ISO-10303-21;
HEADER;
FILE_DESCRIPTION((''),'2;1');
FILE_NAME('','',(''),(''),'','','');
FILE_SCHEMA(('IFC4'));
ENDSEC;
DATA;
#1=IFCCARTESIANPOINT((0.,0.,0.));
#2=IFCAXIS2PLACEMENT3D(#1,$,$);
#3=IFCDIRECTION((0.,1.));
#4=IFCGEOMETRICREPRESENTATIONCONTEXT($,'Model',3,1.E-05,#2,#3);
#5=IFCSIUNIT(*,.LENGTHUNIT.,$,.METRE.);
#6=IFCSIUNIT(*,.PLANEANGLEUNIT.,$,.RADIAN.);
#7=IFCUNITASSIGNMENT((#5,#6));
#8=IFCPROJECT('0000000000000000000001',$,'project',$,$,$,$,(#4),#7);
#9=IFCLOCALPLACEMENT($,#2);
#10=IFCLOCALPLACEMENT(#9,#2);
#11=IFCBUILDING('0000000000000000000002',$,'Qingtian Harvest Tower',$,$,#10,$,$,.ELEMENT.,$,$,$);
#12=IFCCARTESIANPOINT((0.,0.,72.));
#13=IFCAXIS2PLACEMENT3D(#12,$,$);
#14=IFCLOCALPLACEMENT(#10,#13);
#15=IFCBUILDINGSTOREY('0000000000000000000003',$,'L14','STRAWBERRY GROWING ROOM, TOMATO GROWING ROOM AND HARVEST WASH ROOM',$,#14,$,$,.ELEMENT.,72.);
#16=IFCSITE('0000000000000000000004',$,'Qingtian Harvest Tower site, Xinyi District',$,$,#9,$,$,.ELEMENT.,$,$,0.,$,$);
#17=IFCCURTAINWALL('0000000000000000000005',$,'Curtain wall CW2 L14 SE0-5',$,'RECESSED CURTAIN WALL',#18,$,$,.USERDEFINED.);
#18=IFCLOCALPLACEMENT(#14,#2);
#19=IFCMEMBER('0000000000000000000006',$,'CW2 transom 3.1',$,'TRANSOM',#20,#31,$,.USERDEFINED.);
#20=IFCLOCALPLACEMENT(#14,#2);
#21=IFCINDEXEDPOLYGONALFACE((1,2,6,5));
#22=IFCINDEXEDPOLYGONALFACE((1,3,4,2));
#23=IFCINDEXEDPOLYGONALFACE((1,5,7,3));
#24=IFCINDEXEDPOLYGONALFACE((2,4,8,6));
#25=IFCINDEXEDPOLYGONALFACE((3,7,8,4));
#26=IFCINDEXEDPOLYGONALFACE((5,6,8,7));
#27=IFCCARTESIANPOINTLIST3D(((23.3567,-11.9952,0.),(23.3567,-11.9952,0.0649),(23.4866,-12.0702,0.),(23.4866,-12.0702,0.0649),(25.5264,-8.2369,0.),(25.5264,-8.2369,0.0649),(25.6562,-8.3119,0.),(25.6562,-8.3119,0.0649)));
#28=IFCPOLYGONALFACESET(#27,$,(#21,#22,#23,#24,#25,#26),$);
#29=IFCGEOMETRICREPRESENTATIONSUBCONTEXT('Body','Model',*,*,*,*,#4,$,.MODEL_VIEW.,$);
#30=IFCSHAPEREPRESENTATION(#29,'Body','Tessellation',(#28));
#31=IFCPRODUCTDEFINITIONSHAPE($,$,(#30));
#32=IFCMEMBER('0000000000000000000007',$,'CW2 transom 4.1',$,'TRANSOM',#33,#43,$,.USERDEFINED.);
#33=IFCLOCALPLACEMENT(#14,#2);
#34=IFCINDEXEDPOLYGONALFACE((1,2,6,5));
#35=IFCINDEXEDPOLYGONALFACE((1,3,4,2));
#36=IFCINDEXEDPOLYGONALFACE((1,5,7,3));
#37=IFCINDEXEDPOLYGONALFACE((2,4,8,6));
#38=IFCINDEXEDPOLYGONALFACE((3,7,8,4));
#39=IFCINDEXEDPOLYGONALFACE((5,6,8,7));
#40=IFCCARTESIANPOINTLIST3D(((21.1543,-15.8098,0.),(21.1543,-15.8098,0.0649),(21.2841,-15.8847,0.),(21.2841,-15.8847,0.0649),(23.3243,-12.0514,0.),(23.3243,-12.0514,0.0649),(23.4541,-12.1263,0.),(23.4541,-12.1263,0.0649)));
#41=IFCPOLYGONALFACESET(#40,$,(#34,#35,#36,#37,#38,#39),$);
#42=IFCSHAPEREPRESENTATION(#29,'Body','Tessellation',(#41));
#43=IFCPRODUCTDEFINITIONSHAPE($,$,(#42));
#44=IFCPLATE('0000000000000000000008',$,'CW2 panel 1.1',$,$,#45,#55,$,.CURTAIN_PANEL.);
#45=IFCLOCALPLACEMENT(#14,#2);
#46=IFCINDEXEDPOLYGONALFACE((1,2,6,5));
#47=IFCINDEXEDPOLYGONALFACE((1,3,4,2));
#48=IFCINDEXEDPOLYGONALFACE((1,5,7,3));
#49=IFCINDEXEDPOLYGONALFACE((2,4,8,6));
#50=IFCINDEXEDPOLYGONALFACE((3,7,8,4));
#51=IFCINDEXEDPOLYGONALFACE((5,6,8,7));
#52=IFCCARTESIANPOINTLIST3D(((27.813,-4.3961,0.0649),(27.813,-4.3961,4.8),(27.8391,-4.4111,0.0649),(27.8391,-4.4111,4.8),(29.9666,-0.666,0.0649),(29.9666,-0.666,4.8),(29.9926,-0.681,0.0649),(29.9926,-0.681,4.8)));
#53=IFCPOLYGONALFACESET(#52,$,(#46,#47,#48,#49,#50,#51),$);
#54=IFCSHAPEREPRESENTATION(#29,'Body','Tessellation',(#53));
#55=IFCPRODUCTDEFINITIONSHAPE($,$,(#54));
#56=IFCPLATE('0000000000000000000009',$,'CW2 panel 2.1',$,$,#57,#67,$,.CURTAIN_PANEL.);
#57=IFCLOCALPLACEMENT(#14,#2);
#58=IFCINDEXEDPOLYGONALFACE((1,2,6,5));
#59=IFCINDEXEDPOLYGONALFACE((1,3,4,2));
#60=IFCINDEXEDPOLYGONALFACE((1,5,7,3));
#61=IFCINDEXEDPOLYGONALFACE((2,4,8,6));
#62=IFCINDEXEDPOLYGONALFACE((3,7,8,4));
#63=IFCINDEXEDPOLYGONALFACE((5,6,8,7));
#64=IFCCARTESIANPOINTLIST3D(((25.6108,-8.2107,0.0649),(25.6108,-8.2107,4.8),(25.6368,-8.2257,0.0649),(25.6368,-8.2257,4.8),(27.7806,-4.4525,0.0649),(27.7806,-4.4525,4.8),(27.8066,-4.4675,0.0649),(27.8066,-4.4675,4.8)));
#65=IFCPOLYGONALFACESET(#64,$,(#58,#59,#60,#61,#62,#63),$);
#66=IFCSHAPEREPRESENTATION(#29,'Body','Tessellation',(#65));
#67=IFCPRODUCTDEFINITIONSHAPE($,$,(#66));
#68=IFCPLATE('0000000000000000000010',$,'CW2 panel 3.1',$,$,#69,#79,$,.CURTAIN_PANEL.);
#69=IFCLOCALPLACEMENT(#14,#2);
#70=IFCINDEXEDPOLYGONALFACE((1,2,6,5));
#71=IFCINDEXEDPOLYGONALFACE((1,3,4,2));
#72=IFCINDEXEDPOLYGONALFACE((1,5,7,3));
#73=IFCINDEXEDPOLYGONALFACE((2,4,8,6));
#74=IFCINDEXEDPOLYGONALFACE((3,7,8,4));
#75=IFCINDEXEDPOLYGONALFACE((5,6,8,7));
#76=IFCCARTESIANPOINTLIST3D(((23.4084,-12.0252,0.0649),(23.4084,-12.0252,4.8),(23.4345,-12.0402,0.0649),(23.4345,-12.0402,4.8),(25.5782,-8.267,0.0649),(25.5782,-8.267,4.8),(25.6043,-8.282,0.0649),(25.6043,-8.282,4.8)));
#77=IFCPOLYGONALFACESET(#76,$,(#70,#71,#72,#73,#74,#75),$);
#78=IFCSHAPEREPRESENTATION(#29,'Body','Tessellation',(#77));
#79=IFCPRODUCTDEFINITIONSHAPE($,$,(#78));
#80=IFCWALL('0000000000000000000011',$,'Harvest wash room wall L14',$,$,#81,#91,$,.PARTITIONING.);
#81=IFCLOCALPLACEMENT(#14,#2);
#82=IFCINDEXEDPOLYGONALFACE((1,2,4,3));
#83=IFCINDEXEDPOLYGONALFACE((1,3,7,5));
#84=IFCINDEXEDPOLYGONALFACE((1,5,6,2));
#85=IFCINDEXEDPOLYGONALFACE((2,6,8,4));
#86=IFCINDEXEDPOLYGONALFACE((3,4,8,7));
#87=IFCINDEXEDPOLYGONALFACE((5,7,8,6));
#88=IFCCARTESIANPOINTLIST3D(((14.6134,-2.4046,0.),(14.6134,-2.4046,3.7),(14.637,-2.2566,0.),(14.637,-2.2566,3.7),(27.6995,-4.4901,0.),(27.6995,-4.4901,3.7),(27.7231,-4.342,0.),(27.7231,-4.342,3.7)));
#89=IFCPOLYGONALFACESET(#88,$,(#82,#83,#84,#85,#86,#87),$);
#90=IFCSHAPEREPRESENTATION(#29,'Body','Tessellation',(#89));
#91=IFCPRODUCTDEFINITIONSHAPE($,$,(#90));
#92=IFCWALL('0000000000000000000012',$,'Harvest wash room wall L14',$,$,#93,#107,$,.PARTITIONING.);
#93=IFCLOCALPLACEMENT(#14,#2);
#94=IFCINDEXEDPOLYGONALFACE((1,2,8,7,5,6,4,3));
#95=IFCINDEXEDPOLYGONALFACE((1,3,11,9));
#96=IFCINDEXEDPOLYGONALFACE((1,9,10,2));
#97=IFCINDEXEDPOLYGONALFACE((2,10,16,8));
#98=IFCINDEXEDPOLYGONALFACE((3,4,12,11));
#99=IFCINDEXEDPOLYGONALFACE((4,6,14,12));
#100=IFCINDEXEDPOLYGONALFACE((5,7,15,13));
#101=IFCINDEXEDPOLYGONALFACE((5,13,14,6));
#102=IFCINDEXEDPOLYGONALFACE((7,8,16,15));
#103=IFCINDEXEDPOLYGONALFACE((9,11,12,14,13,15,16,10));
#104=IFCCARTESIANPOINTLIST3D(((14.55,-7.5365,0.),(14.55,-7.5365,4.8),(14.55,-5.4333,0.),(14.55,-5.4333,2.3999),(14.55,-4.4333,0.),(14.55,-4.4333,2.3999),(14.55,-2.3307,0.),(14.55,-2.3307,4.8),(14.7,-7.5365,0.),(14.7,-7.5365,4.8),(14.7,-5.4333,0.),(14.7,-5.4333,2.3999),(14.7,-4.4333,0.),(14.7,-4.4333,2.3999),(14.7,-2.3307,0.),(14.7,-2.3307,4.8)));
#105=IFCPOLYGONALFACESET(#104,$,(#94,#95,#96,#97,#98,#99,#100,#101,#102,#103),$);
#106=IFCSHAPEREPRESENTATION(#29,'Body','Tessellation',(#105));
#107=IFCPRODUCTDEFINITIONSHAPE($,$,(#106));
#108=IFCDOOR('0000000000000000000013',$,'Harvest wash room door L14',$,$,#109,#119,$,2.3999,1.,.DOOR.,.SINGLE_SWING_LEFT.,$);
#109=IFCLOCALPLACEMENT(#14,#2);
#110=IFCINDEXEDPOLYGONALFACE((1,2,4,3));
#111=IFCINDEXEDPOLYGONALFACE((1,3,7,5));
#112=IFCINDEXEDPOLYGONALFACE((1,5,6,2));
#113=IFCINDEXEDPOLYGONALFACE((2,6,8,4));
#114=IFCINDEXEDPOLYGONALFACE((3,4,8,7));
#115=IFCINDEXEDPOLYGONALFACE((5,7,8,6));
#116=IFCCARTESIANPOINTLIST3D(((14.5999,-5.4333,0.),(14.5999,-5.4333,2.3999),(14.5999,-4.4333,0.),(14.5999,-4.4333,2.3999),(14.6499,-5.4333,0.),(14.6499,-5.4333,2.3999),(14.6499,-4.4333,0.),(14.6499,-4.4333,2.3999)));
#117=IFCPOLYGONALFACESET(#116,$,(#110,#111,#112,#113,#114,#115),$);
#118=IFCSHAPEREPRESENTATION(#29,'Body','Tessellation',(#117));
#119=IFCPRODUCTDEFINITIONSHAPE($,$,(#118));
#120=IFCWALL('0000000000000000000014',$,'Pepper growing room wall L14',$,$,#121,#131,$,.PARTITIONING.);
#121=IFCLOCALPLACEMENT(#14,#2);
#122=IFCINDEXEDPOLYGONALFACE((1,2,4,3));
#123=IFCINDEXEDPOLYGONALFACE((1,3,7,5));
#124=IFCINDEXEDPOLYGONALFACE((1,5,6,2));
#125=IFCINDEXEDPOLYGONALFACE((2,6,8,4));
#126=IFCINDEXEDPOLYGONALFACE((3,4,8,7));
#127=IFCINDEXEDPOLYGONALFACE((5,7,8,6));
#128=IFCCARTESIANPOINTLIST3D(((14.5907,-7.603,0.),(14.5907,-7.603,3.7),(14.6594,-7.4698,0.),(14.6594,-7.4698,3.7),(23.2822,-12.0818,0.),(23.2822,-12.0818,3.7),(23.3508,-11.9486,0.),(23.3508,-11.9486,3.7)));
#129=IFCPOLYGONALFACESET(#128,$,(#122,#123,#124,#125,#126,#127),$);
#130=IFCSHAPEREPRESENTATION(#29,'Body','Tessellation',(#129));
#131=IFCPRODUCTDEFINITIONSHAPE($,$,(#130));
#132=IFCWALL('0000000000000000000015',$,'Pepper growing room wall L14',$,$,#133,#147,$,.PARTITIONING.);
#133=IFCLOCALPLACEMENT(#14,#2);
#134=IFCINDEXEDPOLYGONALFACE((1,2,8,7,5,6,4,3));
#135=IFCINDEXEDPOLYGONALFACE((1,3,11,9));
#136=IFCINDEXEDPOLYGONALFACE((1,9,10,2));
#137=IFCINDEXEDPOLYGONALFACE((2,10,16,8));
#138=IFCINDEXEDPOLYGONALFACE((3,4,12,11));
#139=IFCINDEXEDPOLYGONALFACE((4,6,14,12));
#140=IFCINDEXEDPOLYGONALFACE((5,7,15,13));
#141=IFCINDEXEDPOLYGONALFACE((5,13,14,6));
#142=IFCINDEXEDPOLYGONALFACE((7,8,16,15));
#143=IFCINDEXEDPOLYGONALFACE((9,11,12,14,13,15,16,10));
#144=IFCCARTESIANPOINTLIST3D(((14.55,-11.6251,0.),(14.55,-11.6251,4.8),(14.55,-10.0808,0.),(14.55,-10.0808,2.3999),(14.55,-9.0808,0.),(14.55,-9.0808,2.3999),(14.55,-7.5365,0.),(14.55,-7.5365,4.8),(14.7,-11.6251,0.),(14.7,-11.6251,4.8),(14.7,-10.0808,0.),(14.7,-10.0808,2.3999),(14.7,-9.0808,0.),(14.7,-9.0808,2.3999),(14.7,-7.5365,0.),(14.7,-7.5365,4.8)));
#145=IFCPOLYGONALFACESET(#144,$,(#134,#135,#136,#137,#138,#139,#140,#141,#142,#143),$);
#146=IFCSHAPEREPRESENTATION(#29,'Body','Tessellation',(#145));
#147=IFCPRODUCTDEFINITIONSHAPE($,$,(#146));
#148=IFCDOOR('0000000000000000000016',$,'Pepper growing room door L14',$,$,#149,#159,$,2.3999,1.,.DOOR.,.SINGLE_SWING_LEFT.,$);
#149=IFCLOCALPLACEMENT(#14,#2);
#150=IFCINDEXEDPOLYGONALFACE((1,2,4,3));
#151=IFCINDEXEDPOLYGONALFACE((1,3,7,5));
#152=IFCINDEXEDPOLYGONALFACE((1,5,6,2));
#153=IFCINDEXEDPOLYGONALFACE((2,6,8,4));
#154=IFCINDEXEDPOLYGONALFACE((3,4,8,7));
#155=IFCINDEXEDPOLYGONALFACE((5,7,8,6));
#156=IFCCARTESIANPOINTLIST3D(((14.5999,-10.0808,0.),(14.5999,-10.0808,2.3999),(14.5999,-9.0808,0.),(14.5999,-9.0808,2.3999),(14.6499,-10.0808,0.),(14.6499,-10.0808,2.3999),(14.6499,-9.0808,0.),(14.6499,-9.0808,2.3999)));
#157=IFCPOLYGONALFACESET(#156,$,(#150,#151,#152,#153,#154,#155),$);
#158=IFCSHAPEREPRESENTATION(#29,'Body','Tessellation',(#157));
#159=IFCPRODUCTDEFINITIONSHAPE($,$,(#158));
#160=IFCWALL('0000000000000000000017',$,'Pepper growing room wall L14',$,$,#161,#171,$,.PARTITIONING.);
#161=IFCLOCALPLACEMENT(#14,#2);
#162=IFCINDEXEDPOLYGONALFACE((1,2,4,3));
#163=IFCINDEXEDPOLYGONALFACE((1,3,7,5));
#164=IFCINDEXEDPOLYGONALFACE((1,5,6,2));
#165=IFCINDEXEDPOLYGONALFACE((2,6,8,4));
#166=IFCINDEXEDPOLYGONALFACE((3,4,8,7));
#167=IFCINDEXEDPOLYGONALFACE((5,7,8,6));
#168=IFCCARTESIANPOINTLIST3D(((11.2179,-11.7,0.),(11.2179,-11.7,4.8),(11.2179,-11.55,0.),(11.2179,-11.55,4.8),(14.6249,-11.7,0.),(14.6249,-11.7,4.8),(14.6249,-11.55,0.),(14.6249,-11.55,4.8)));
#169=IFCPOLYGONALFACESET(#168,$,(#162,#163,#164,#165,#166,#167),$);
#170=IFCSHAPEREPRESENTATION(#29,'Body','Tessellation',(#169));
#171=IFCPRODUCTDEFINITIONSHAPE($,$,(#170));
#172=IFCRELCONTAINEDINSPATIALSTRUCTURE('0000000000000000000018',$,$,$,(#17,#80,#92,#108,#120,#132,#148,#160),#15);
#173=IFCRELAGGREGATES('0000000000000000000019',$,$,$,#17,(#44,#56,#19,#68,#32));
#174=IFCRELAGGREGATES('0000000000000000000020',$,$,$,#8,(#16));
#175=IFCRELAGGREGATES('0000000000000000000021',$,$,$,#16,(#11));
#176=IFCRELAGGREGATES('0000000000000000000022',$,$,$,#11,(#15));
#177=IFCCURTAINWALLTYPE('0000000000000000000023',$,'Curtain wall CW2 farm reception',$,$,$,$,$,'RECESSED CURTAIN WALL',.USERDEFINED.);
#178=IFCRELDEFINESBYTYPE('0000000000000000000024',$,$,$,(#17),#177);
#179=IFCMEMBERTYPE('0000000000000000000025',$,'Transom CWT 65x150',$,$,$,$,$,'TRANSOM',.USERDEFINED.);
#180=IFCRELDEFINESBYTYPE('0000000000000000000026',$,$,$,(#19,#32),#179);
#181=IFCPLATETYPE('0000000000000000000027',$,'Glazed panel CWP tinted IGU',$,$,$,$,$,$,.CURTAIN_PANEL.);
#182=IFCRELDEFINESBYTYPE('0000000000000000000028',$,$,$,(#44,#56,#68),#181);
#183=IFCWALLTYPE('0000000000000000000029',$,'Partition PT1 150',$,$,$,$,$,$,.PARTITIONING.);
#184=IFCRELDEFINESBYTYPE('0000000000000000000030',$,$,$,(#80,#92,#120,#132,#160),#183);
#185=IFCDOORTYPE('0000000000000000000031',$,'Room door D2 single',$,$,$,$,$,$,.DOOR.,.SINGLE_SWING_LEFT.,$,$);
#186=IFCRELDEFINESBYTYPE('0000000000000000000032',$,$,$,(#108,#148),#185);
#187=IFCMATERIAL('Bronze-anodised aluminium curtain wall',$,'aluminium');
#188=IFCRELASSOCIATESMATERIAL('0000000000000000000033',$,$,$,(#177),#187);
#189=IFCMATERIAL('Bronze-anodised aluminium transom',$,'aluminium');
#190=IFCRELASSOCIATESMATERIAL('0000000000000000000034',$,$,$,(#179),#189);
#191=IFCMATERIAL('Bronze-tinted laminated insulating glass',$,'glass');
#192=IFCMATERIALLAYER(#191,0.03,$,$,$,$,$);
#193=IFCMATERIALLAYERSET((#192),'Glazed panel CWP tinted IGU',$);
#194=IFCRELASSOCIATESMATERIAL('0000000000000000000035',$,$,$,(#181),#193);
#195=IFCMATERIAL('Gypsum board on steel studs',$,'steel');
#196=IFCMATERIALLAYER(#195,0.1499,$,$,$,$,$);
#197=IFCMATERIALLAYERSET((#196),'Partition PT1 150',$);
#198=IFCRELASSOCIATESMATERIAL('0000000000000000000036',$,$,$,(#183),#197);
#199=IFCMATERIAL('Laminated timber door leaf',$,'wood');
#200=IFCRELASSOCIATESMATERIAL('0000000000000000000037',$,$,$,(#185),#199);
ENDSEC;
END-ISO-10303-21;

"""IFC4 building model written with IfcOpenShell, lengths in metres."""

from ifc_helpers import new_model, si_unit, direction, frame, frame_2d, origin, origin_2d, place, context, subcontext, project, spatial, rectangle, extrude, material, layer, layer_set, material_profile, profile_set, type_object, element, fill, aggregate, save


model = new_model("IFC4")

# Units and contexts
model_context = context("Model", 3, precision=1e-05, world=origin(), true_north=direction((0.0, 1.0)))
body_context = subcontext(model_context, "Body", "Model", "MODEL_VIEW")
ifc_project = project(units=[si_unit("LENGTHUNIT", "METRE"), si_unit("PLANEANGLEUNIT", "RADIAN")], contexts=[model_context])

# Site, building, storey
site_placement = place(None, origin())
site = spatial("IfcSite", under=ifc_project, at=site_placement, Name="Qingtian Harvest Tower site, Xinyi District", CompositionType="ELEMENT", RefElevation=0.0)
building_placement = place(site_placement, origin())
building = spatial("IfcBuilding", under=site, at=building_placement, Name="Qingtian Harvest Tower", CompositionType="ELEMENT")
storey_placement = place(building_placement, frame((0.0, 0.0, 72.0)))
storey = spatial("IfcBuildingStorey", under=building, at=storey_placement, Name="L14", Description="STRAWBERRY GROWING ROOM, TOMATO GROWING ROOM AND HARVEST WASH ROOM", CompositionType="ELEMENT", Elevation=72.0)

# Shared definitions
ifc_material_1 = material(Name="Bronze-anodised aluminium curtain wall", Category="aluminium")
curtain_wall_type = type_object("IfcCurtainWallType", Name="Curtain wall CW2 farm reception", ElementType="RECESSED CURTAIN WALL", PredefinedType="USERDEFINED", material=ifc_material_1)

# Curtain wall
curtain_wall_1_placement = place(storey_placement, origin())
curtain_wall_1 = element("IfcCurtainWall", 1, at=curtain_wall_1_placement, inside=storey, type_object=curtain_wall_type, Name="Curtain wall CW2 L14 SE0-5", ObjectType="RECESSED CURTAIN WALL", PredefinedType="USERDEFINED")

# Members
ifc_material_2 = material(Name="Bronze-anodised aluminium transom", Category="aluminium")
ifc_material_profile_1 = material_profile(ifc_material_2, rectangle(XDim=0.1499, YDim=0.0649, at=origin_2d()), Name="AL 65x150")
ifc_profile_set_1 = profile_set([ifc_material_profile_1], Name="Bronze-anodised aluminium transom")
member_type_1 = type_object("IfcMemberType", Name="Transom CWT 65x150", ElementType="TRANSOM", PredefinedType="USERDEFINED", material=ifc_profile_set_1)
member_1_placement = place(storey_placement, frame((25.5913, -8.2744, 0.0325), z_axis=(-0.499969, -0.866043, 0.0), x_axis=(0.866043, -0.499969, 0.0)))
member_1 = element("IfcMember", 2, at=member_1_placement, type_object=member_type_1, Name="CW2 transom 3.1", ObjectType="TRANSOM", PredefinedType="USERDEFINED", context=body_context, shape_type="SweptSolid", body=[
    extrude(rectangle(XDim=0.1499, YDim=0.0649, at=origin_2d()), origin(), (0.0, 0.0, 1.0), 4.3396),
])
member_2_placement = place(storey_placement, frame((23.3892, -12.0889, 0.0325), z_axis=(-0.500011, -0.866019, 0.0), x_axis=(0.866019, -0.500011, 0.0)))
member_2 = element("IfcMember", 3, at=member_2_placement, type_object=member_type_1, Name="CW2 transom 4.1", ObjectType="TRANSOM", PredefinedType="USERDEFINED", context=body_context, shape_type="SweptSolid", body=[
    extrude(rectangle(XDim=0.1499, YDim=0.0649, at=origin_2d()), origin(), (0.0, 0.0, 1.0), 4.3398),
])

# Plates
ifc_material_3 = material(Name="Bronze-tinted laminated insulating glass", Category="glass")
ifc_layer_1 = layer(ifc_material_3, 0.03)
ifc_layer_set_1 = layer_set([ifc_layer_1], Name="Glazed panel CWP tinted IGU")
plate_type = type_object("IfcPlateType", Name="Glazed panel CWP tinted IGU", PredefinedType="CURTAIN_PANEL", material=ifc_layer_set_1)
plate_1_placement = place(storey_placement, frame((28.9028, -2.5386, 0.0649), z_axis=(0.0, 0.0, 1.0), x_axis=(-0.5, -0.866025, 0.0)))
plate_1 = element("IfcPlate", 4, at=plate_1_placement, type_object=plate_type, Name="CW2 panel 1.1", PredefinedType="CURTAIN_PANEL", context=body_context, shape_type="SweptSolid", body=[
    extrude(rectangle(XDim=4.3071, YDim=0.03, at=origin_2d()), origin(), (0.0, 0.0, 1.0), 4.7351),
])
plate_2_placement = place(storey_placement, frame((26.7087, -6.3391, 0.0649), z_axis=(0.0, 0.0, 1.0), x_axis=(-0.5, -0.866025, 0.0)))
plate_2 = element("IfcPlate", 5, at=plate_2_placement, type_object=plate_type, Name="CW2 panel 2.1", PredefinedType="CURTAIN_PANEL", context=body_context, shape_type="SweptSolid", body=[
    extrude(rectangle(XDim=4.3396, YDim=0.03, at=origin_2d()), origin(), (0.0, 0.0, 1.0), 4.7351),
])
plate_3_placement = place(storey_placement, frame((24.5063, -10.1536, 0.0649), z_axis=(0.0, 0.0, 1.0), x_axis=(-0.5, -0.866025, 0.0)))
plate_3 = element("IfcPlate", 6, at=plate_3_placement, type_object=plate_type, Name="CW2 panel 3.1", PredefinedType="CURTAIN_PANEL", context=body_context, shape_type="SweptSolid", body=[
    extrude(rectangle(XDim=4.3396, YDim=0.03, at=origin_2d()), origin(), (0.0, 0.0, 1.0), 4.7351),
])
aggregate(curtain_wall_1, [plate_1, plate_2, member_1, plate_3, member_2])

# Wall
ifc_material_4 = material(Name="Gypsum board on steel studs", Category="steel")
ifc_layer_2 = layer(ifc_material_4, 0.1499)
ifc_layer_set_2 = layer_set([ifc_layer_2], Name="Partition PT1 150")
wall_type = type_object("IfcWallType", Name="Partition PT1 150", PredefinedType="PARTITIONING", material=ifc_layer_set_2)
wall_1_placement = place(storey_placement, frame((27.7112, -4.416, 0.0), z_axis=(0.0, 0.0, 1.0), x_axis=(-0.987539, 0.157377, 0.0)))
element("IfcWall", 7, at=wall_1_placement, inside=storey, type_object=wall_type, Name="Harvest wash room wall L14", PredefinedType="PARTITIONING", context=body_context, shape_type="SweptSolid", body=[
    extrude(rectangle(XDim=13.2512, YDim=0.1499, at=frame_2d((6.6255, 0.0))), origin(), (0.0, 0.0, 1.0), 3.7),
])

# Wall, opening, door
wall_2_placement = place(storey_placement, frame((14.625, -2.3306, 0.0), z_axis=(0.0, 0.0, 1.0), x_axis=(0.0, -1.0, 0.0)))
wall_2 = element("IfcWall", 8, at=wall_2_placement, inside=storey, type_object=wall_type, Name="Harvest wash room wall L14", PredefinedType="PARTITIONING", context=body_context, shape_type="SweptSolid", body=[
    extrude(rectangle(XDim=5.2058, YDim=0.1499, at=frame_2d((2.603, 0.0))), origin(), (0.0, 0.0, 1.0), 4.8),
])
opening_1_placement = place(wall_2_placement, frame((2.1028, 0.0, 0.0)))
opening_1 = element("IfcOpeningElement", 9, at=opening_1_placement, cuts=wall_2, PredefinedType="OPENING", context=body_context, shape_type="SweptSolid", body=[
    extrude(rectangle(XDim=1.0, YDim=2.3999, at=frame_2d((0.5, 1.2))), frame((0.0, 0.085, 0.0), z_axis=(0.0, -1.0, 0.0), x_axis=(1.0, 0.0, 0.0)), (0.0, 0.0, 1.0), 0.1699),
])
ifc_material_5 = material(Name="Laminated timber door leaf", Category="wood")
door_type = type_object("IfcDoorType", Name="Room door D2 single", OperationType="SINGLE_SWING_LEFT", PredefinedType="DOOR", material=ifc_material_5)
door_1_placement = place(opening_1_placement, origin())
door_1 = element("IfcDoor", 10, at=door_1_placement, inside=storey, type_object=door_type, Name="Harvest wash room door L14", OperationType="SINGLE_SWING_LEFT", OverallHeight=2.3999, OverallWidth=1.0, PredefinedType="DOOR", context=body_context, shape_type="SweptSolid", body=[
    extrude(rectangle(XDim=1.0, YDim=2.3999, at=frame_2d((0.5, 1.2))), frame((0.0, 0.0249, 0.0), z_axis=(0.0, -1.0, 0.0), x_axis=(1.0, 0.0, 0.0)), (0.0, 0.0, 1.0), 0.05),
])
fill(opening_1, door_1)

# Wall
wall_3_placement = place(storey_placement, frame((23.3164, -12.0151, 0.0), z_axis=(0.0, 0.0, 1.0), x_axis=(-0.888918, 0.458067, 0.0)))
element("IfcWall", 11, at=wall_3_placement, inside=storey, type_object=wall_type, Name="Pepper growing room wall L14", PredefinedType="PARTITIONING", context=body_context, shape_type="SweptSolid", body=[
    extrude(rectangle(XDim=9.7776, YDim=0.1499, at=frame_2d((4.8887, 0.0))), origin(), (0.0, 0.0, 1.0), 3.7),
])

# Wall, opening, door
wall_4_placement = place(storey_placement, frame((14.625, -7.5364, 0.0), z_axis=(0.0, 0.0, 1.0), x_axis=(0.0, -1.0, 0.0)))
wall_4 = element("IfcWall", 12, at=wall_4_placement, inside=storey, type_object=wall_type, Name="Pepper growing room wall L14", PredefinedType="PARTITIONING", context=body_context, shape_type="SweptSolid", body=[
    extrude(rectangle(XDim=4.0886, YDim=0.1499, at=frame_2d((2.0444, 0.0))), origin(), (0.0, 0.0, 1.0), 4.8),
])
opening_2_placement = place(wall_4_placement, frame((1.5444, 0.0, 0.0)))
opening_2 = element("IfcOpeningElement", 13, at=opening_2_placement, cuts=wall_4, PredefinedType="OPENING", context=body_context, shape_type="SweptSolid", body=[
    extrude(rectangle(XDim=1.0, YDim=2.3999, at=frame_2d((0.5, 1.2))), frame((0.0, 0.085, 0.0), z_axis=(0.0, -1.0, 0.0), x_axis=(1.0, 0.0, 0.0)), (0.0, 0.0, 1.0), 0.1699),
])
door_2_placement = place(opening_2_placement, origin())
door_2 = element("IfcDoor", 14, at=door_2_placement, inside=storey, type_object=door_type, Name="Pepper growing room door L14", OperationType="SINGLE_SWING_LEFT", OverallHeight=2.3999, OverallWidth=1.0, PredefinedType="DOOR", context=body_context, shape_type="SweptSolid", body=[
    extrude(rectangle(XDim=1.0, YDim=2.3999, at=frame_2d((0.5, 1.2))), frame((0.0, 0.0249, 0.0), z_axis=(0.0, -1.0, 0.0), x_axis=(1.0, 0.0, 0.0)), (0.0, 0.0, 1.0), 0.05),
])
fill(opening_2, door_2)

# Wall
wall_5_placement = place(storey_placement, frame((14.625, -11.625, 0.0), z_axis=(0.0, 0.0, 1.0), x_axis=(-1.0, 0.0, 0.0)))
element("IfcWall", 15, at=wall_5_placement, inside=storey, type_object=wall_type, Name="Pepper growing room wall L14", PredefinedType="PARTITIONING", context=body_context, shape_type="SweptSolid", body=[
    extrude(rectangle(XDim=3.407, YDim=0.1499, at=frame_2d((1.7036, 0.0))), origin(), (0.0, 0.0, 1.0), 4.8),
])

save(model, "model.ifc")
